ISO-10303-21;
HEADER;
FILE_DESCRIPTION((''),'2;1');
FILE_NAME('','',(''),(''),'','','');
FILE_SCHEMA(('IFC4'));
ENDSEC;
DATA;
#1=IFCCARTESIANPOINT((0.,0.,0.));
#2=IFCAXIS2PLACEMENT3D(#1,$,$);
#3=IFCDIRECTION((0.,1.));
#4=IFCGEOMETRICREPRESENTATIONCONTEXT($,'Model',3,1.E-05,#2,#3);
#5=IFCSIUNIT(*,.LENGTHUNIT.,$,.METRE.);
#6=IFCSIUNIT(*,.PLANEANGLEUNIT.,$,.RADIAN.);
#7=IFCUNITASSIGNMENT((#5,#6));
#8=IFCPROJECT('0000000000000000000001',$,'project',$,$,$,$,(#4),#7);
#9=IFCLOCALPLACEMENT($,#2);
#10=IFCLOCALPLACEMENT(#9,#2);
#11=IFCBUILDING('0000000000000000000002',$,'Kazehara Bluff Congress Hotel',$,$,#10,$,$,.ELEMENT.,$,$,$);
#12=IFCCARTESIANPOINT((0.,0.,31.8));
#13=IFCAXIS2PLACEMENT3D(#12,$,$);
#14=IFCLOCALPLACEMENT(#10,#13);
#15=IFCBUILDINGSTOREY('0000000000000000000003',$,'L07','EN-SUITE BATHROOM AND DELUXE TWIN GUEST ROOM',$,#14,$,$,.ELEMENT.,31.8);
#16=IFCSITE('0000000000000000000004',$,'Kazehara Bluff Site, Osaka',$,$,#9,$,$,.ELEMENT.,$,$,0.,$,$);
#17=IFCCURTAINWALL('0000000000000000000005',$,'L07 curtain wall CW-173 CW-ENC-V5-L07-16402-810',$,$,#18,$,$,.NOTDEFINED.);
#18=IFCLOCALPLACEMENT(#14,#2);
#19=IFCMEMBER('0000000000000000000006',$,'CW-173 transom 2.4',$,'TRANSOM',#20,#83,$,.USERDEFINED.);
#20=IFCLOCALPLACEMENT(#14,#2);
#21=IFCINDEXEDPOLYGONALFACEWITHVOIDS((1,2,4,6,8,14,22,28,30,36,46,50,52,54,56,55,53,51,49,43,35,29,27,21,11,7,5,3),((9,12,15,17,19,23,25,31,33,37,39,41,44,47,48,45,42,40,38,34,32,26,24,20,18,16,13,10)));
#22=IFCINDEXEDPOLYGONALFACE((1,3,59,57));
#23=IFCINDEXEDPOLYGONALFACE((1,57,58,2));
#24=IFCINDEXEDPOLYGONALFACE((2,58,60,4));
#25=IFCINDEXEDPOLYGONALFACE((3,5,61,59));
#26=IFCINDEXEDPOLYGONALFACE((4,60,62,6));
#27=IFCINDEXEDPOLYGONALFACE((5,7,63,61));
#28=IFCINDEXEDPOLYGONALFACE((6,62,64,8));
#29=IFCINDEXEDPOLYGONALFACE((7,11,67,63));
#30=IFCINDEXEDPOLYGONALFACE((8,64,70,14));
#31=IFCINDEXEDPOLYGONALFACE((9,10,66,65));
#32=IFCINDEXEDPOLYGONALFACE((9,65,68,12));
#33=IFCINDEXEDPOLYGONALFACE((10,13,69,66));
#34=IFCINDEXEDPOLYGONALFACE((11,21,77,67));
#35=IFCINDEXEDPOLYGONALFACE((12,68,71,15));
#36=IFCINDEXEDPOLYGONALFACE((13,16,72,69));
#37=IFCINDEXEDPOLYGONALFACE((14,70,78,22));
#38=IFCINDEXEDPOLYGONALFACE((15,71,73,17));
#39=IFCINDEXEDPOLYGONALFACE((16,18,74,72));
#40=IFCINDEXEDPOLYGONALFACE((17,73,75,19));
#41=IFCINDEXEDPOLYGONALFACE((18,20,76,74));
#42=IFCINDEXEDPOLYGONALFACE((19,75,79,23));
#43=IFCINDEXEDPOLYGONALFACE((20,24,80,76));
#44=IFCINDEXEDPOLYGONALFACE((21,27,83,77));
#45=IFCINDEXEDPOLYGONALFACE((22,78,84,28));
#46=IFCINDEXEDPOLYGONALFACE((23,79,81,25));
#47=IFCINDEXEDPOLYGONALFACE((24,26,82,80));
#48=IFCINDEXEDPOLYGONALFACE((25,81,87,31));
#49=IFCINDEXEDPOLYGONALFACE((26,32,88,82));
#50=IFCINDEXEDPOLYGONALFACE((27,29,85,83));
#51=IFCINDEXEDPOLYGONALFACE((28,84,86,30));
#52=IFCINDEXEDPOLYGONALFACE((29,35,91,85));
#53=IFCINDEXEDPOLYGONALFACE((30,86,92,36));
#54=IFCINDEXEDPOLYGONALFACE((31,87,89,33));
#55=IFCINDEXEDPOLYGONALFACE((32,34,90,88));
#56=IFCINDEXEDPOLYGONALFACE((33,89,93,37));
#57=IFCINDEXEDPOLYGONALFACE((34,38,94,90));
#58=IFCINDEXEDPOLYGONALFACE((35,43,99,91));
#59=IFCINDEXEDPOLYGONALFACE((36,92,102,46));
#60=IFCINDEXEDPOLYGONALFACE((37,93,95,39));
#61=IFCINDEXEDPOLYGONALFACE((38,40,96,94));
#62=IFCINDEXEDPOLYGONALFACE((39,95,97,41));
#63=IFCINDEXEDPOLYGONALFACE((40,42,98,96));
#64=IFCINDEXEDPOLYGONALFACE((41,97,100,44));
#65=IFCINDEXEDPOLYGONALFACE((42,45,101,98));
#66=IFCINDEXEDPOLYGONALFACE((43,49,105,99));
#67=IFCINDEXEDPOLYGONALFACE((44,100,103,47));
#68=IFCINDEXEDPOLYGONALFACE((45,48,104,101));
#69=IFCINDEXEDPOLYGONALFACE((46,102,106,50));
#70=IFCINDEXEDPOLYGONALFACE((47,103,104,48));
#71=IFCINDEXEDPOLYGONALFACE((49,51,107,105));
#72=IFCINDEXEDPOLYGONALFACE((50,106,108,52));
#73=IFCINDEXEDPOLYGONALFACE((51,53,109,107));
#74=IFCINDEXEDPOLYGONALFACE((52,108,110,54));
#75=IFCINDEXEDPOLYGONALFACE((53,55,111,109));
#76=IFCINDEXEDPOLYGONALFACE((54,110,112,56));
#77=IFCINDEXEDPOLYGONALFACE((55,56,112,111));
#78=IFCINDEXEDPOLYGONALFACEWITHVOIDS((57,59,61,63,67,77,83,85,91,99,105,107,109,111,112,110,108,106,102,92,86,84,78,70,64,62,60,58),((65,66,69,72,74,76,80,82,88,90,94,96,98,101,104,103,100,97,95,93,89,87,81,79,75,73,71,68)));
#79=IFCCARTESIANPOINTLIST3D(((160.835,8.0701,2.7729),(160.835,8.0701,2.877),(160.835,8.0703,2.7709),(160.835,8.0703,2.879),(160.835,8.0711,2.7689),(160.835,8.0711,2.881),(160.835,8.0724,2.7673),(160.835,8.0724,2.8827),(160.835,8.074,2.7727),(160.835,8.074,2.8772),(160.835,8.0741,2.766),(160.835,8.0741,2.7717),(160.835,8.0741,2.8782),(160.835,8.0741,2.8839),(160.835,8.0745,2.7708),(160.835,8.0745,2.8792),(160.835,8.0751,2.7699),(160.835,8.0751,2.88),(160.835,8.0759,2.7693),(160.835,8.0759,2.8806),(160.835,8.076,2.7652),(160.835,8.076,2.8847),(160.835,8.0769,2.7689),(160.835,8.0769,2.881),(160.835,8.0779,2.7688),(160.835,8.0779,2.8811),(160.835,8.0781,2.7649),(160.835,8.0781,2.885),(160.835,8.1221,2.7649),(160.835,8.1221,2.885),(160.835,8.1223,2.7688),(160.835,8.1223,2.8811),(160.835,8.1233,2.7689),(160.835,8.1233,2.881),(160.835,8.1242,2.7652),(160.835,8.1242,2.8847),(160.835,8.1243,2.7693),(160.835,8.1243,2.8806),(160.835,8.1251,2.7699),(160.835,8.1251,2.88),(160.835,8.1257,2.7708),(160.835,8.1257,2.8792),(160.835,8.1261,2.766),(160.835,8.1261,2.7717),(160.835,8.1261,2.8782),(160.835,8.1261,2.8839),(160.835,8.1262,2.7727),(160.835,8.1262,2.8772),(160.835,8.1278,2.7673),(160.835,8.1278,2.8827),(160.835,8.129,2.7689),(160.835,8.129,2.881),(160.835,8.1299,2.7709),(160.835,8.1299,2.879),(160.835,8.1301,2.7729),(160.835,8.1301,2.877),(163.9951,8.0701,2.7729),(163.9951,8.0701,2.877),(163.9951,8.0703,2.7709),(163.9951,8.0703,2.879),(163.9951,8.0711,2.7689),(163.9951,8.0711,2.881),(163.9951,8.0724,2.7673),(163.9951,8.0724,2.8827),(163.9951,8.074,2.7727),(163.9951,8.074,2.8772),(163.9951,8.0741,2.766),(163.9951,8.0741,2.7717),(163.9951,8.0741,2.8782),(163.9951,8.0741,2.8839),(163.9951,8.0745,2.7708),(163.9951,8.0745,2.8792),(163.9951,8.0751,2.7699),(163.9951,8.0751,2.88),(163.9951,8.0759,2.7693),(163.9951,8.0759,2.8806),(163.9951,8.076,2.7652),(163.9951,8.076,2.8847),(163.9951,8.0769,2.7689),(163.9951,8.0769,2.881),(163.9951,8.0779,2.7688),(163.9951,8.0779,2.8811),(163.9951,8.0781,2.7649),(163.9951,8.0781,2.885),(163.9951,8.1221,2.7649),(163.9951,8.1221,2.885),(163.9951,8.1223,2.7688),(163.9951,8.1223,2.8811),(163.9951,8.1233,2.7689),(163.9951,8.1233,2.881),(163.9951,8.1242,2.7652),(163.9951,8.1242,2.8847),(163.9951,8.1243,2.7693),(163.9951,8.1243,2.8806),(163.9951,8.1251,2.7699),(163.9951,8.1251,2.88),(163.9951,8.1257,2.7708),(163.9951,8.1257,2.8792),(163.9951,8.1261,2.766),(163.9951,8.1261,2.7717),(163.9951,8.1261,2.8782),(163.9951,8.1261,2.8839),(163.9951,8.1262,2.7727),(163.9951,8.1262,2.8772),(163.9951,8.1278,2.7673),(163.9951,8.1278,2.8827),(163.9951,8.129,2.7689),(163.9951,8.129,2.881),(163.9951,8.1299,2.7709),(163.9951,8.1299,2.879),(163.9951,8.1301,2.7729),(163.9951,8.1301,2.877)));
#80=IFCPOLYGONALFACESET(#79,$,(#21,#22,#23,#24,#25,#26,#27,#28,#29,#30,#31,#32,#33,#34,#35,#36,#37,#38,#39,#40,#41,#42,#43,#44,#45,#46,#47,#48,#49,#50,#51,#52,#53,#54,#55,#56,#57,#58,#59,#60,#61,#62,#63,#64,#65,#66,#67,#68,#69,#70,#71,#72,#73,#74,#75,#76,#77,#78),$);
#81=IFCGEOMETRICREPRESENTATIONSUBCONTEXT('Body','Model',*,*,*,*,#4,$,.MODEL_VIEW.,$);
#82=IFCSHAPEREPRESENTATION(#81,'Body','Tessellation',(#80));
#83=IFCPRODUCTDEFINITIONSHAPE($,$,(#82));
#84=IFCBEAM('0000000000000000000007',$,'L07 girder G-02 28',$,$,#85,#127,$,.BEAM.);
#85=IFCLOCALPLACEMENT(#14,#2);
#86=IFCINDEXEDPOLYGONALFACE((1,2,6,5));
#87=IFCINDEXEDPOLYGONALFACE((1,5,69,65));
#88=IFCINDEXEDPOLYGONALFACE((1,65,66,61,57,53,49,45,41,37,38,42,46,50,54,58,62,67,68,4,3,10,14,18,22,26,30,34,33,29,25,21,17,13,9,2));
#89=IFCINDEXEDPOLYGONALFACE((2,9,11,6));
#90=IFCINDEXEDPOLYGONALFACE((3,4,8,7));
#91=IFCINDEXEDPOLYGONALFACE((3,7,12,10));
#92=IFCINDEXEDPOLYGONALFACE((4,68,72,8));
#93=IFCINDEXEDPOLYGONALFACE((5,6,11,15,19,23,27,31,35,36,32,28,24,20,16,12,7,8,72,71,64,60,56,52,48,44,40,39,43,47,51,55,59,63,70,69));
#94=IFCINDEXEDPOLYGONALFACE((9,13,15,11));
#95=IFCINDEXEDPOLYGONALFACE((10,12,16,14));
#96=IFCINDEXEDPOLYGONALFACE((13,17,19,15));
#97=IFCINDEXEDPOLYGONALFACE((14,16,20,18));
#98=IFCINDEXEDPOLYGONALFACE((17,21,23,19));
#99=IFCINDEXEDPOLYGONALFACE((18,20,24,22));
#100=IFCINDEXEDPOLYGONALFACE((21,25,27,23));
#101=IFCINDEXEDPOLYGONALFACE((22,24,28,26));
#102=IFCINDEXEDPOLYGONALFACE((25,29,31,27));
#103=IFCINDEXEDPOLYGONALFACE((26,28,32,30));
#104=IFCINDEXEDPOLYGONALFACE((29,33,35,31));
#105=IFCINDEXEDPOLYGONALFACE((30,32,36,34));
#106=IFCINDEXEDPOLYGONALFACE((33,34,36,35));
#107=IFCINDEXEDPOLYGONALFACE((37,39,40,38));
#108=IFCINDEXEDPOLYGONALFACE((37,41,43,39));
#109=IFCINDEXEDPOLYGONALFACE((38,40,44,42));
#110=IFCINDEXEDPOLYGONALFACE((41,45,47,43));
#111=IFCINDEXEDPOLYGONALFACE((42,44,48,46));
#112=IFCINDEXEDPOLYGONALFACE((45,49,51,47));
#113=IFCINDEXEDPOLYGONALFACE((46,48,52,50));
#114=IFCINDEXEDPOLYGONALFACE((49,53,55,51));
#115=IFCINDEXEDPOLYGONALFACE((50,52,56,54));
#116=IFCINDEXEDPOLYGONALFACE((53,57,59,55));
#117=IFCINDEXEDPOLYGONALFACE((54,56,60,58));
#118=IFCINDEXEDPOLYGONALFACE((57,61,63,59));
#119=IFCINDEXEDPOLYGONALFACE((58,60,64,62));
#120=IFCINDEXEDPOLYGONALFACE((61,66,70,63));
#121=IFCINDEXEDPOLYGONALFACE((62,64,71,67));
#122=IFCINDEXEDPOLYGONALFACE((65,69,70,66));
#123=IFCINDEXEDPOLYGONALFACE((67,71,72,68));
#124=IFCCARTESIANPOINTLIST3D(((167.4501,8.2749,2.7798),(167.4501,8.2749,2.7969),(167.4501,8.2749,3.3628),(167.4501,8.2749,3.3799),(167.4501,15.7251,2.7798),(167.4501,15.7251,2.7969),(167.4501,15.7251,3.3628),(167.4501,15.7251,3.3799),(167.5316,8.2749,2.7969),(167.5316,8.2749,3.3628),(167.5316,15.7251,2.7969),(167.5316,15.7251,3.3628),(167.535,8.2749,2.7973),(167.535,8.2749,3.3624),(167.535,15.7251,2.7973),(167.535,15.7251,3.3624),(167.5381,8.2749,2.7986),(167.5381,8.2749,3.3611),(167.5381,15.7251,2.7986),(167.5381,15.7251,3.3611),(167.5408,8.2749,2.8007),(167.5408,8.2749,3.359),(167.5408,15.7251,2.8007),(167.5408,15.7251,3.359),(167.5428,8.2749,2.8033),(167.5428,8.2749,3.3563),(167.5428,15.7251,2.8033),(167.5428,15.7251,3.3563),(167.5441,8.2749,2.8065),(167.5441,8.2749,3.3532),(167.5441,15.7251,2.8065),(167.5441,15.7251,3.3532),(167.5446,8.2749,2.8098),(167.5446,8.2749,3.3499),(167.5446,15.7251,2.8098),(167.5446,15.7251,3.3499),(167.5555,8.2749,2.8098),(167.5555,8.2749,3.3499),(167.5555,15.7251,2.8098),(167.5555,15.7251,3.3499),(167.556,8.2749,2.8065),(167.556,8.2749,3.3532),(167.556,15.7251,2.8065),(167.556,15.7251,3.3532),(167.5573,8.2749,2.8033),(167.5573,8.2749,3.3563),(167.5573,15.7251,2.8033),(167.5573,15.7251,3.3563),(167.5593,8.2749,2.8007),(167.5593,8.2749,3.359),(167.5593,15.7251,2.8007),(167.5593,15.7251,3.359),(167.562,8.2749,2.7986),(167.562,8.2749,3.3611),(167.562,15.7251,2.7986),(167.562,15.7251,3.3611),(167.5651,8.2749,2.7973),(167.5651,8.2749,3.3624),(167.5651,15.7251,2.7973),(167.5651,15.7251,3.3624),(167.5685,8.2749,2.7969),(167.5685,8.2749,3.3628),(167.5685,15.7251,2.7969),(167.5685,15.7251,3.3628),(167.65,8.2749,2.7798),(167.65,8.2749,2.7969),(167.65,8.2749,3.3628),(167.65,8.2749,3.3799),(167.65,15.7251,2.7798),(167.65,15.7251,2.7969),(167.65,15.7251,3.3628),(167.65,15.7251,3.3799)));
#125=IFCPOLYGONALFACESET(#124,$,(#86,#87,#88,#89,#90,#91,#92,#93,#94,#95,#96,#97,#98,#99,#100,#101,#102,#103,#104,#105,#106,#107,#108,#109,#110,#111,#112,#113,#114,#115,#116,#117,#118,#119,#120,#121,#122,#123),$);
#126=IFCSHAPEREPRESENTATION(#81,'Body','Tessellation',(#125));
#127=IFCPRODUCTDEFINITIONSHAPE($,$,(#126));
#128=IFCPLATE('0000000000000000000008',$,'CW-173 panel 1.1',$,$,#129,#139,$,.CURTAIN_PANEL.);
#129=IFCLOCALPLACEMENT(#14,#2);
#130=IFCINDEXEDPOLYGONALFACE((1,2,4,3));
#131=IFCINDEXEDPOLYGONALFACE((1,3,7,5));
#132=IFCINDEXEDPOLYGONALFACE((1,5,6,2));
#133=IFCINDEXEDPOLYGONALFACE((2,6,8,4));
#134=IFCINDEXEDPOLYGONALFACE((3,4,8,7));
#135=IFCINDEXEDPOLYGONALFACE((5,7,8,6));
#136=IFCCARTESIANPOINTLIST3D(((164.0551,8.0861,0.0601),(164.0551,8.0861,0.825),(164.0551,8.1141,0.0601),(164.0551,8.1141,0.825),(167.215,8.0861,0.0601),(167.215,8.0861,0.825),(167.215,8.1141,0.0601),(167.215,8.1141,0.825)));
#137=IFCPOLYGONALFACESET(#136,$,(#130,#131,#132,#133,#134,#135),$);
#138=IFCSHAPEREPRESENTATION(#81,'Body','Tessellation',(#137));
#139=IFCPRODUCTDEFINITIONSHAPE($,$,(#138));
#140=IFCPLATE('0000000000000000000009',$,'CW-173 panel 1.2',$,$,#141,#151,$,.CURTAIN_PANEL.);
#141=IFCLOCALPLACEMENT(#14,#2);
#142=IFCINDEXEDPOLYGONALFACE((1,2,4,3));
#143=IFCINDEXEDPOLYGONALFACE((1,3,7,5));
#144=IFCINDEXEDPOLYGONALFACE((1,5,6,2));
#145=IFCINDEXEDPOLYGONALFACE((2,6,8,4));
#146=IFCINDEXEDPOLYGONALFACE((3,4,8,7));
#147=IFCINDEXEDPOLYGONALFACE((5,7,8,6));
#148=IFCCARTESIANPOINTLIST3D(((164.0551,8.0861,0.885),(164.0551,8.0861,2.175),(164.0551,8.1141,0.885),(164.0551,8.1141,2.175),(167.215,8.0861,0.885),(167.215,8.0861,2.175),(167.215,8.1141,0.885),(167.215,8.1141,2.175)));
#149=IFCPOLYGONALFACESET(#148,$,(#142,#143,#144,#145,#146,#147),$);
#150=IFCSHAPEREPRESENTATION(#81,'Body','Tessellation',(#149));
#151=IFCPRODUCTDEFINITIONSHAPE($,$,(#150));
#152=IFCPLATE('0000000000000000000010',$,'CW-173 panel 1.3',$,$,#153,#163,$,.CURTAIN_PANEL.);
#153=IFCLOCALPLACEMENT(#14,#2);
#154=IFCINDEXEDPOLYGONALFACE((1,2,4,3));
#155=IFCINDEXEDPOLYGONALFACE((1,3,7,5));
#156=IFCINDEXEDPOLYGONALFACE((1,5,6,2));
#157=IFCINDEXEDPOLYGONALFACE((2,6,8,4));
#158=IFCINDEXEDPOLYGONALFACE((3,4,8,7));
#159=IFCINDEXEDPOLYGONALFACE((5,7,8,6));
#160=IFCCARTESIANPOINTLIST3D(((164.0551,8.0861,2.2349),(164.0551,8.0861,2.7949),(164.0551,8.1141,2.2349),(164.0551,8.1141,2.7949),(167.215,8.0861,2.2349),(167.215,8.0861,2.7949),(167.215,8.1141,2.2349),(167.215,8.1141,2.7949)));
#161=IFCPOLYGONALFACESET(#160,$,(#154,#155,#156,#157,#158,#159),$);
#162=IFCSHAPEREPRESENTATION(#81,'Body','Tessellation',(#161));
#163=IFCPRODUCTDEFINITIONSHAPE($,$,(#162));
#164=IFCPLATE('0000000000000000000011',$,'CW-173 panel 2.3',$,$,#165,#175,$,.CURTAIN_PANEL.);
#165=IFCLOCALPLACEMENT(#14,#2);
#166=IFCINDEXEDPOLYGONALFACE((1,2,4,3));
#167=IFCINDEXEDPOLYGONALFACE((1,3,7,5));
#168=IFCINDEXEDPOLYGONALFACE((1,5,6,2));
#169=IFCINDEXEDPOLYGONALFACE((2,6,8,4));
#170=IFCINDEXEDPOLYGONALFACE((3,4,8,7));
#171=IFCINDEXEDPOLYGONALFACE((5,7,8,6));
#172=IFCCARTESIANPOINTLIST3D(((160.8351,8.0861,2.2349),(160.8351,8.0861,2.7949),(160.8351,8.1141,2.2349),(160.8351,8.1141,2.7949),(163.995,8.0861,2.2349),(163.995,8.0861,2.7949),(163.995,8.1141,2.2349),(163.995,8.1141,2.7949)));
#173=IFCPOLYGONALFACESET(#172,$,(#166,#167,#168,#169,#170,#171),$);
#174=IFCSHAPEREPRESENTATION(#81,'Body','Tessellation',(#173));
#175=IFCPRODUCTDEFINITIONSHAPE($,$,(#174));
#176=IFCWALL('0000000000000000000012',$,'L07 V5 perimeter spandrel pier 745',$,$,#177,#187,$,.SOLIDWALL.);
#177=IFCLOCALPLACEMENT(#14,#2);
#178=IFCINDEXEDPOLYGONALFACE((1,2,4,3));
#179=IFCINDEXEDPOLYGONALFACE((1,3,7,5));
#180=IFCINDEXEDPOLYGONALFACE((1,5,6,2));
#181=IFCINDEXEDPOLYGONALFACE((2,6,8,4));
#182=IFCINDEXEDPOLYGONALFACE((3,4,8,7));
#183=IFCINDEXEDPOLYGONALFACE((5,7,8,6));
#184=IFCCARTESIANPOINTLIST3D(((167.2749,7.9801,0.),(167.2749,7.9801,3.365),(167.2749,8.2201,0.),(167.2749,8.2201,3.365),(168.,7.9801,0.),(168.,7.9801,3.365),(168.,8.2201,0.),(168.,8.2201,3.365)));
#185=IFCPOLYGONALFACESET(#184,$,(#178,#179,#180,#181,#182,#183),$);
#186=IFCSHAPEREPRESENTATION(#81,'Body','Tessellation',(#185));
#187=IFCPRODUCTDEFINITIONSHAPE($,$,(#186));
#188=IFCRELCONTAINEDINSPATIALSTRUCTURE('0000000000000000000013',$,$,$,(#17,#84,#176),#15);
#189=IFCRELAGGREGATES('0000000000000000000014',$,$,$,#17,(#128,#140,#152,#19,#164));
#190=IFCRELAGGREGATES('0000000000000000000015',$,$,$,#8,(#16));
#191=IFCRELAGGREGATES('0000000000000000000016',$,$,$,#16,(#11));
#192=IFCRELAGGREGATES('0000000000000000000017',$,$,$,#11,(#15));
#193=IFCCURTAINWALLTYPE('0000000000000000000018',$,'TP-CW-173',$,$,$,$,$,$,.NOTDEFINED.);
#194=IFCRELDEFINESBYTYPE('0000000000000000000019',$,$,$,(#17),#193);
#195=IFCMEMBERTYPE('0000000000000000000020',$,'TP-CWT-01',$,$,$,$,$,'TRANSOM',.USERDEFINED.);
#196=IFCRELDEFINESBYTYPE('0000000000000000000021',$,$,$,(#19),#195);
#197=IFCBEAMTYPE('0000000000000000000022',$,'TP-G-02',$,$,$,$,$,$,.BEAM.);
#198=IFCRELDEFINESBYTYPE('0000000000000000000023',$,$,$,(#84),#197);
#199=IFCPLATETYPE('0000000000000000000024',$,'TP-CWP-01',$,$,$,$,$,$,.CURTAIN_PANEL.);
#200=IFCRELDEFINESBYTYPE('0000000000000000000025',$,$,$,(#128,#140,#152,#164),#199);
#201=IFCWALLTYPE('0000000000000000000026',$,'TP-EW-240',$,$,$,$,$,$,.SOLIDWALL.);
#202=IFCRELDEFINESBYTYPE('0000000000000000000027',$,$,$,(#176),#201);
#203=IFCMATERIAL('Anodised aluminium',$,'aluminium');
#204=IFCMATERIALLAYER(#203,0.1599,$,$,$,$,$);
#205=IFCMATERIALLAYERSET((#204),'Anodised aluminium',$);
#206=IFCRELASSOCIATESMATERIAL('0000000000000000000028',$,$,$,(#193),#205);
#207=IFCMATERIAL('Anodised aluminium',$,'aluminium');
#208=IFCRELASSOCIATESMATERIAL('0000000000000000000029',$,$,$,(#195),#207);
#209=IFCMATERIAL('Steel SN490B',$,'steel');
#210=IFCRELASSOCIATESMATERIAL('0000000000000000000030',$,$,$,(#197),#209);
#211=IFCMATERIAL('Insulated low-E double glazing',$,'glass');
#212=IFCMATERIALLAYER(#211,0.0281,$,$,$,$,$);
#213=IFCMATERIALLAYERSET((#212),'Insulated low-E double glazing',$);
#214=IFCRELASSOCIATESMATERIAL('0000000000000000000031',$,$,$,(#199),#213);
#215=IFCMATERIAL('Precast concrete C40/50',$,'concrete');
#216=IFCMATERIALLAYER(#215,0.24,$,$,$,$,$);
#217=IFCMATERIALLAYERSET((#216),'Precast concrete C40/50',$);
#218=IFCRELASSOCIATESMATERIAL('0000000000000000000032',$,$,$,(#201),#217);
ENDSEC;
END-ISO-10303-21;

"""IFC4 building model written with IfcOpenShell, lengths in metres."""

from ifc_helpers import new_model, si_unit, direction, frame, frame_2d, origin, origin_2d, place, context, subcontext, project, spatial, rectangle, hollow_rectangle, i_section, extrude, material, layer, layer_set, material_profile, profile_set, type_object, element, aggregate, save


model = new_model("IFC4")

# Units and contexts
model_context = context("Model", 3, precision=1e-05, world=origin(), true_north=direction((0.0, 1.0)))
body_context = subcontext(model_context, "Body", "Model", "MODEL_VIEW")
ifc_project = project(units=[si_unit("LENGTHUNIT", "METRE"), si_unit("PLANEANGLEUNIT", "RADIAN")], contexts=[model_context])

# Site, building, storey
site_placement = place(None, origin())
site = spatial("IfcSite", under=ifc_project, at=site_placement, Name="Kazehara Bluff Site, Osaka", CompositionType="ELEMENT", RefElevation=0.0)
building_placement = place(site_placement, origin())
building = spatial("IfcBuilding", under=site, at=building_placement, Name="Kazehara Bluff Congress Hotel", CompositionType="ELEMENT")
storey_placement = place(building_placement, frame((0.0, 0.0, 31.8)))
storey = spatial("IfcBuildingStorey", under=building, at=storey_placement, Name="L07", Description="EN-SUITE BATHROOM AND DELUXE TWIN GUEST ROOM", CompositionType="ELEMENT", Elevation=31.8)

# Curtain wall, member
ifc_material_1 = material(Name="Anodised aluminium", Category="aluminium")
ifc_layer_1 = layer(ifc_material_1, 0.1599)
ifc_layer_set_1 = layer_set([ifc_layer_1], Name="Anodised aluminium")
curtain_wall_type = type_object("IfcCurtainWallType", Name="TP-CW-173", PredefinedType="NOTDEFINED", material=ifc_layer_set_1)
curtain_wall_placement = place(storey_placement, origin())
curtain_wall = element("IfcCurtainWall", 1, at=curtain_wall_placement, inside=storey, type_object=curtain_wall_type, Name="L07 curtain wall CW-173 CW-ENC-V5-L07-16402-810", PredefinedType="NOTDEFINED")
ifc_material_2 = material(Name="Anodised aluminium", Category="aluminium")
ifc_material_profile_1 = material_profile(ifc_material_2, hollow_rectangle(XDim=0.0601, YDim=0.1201, WallThickness=0.0039, InnerFilletRadius=0.0039, OuterFilletRadius=0.0081, at=origin_2d()))
ifc_profile_set_1 = profile_set([ifc_material_profile_1], Name="Anodised aluminium")
member_type_1 = type_object("IfcMemberType", Name="TP-CWT-01", ElementType="TRANSOM", PredefinedType="USERDEFINED", material=ifc_profile_set_1)
member_1_placement = place(storey_placement, frame((163.9951, 8.1001, 2.825), z_axis=(-1.0, 0.0, 0.0), x_axis=(0.0, -1.0, 0.0)))
member_1 = element("IfcMember", 2, at=member_1_placement, type_object=member_type_1, Name="CW-173 transom 2.4", ObjectType="TRANSOM", PredefinedType="USERDEFINED", context=body_context, shape_type="SweptSolid", body=[
    extrude(hollow_rectangle(XDim=0.0601, YDim=0.1201, WallThickness=0.0039, InnerFilletRadius=0.0039, OuterFilletRadius=0.0081, at=origin_2d()), origin(), (0.0, 0.0, 1.0), 3.1602),
])

# Beam
ifc_material_3 = material(Name="Steel SN490B", Category="steel")
ifc_material_profile_2 = material_profile(ifc_material_3, i_section(OverallWidth=0.2, OverallDepth=0.6001, WebThickness=0.011, FlangeThickness=0.0171, FilletRadius=0.0129, at=origin_2d()))
ifc_profile_set_2 = profile_set([ifc_material_profile_2], Name="Steel SN490B")
beam_type = type_object("IfcBeamType", Name="TP-G-02", PredefinedType="BEAM", material=ifc_profile_set_2)
beam_placement = place(storey_placement, frame((167.55, 8.2749, 3.0798), z_axis=(0.0, 1.0, 0.0), x_axis=(-1.0, 0.0, 0.0)))
element("IfcBeam", 3, at=beam_placement, inside=storey, type_object=beam_type, Name="L07 girder G-02 28", PredefinedType="BEAM", context=body_context, shape_type="SweptSolid", body=[
    extrude(i_section(OverallWidth=0.2, OverallDepth=0.6001, WebThickness=0.011, FlangeThickness=0.0171, FilletRadius=0.0129, at=origin_2d()), origin(), (0.0, 0.0, 1.0), 7.4502),
])

# Plates
ifc_material_4 = material(Name="Insulated low-E double glazing", Category="glass")
ifc_layer_2 = layer(ifc_material_4, 0.0281)
ifc_layer_set_2 = layer_set([ifc_layer_2], Name="Insulated low-E double glazing")
plate_type = type_object("IfcPlateType", Name="TP-CWP-01", PredefinedType="CURTAIN_PANEL", material=ifc_layer_set_2)
plate_1_placement = place(storey_placement, frame((165.635, 8.1001, 0.0601), z_axis=(0.0, 0.0, 1.0), x_axis=(-1.0, 0.0, 0.0)))
plate_1 = element("IfcPlate", 4, at=plate_1_placement, type_object=plate_type, Name="CW-173 panel 1.1", PredefinedType="CURTAIN_PANEL", context=body_context, shape_type="SweptSolid", body=[
    extrude(rectangle(XDim=3.1599, YDim=0.0281, at=origin_2d()), origin(), (0.0, 0.0, 1.0), 0.7649),
])
plate_2_placement = place(storey_placement, frame((165.635, 8.1001, 0.885), z_axis=(0.0, 0.0, 1.0), x_axis=(-1.0, 0.0, 0.0)))
plate_2 = element("IfcPlate", 5, at=plate_2_placement, type_object=plate_type, Name="CW-173 panel 1.2", PredefinedType="CURTAIN_PANEL", context=body_context, shape_type="SweptSolid", body=[
    extrude(rectangle(XDim=3.1599, YDim=0.0281, at=origin_2d()), origin(), (0.0, 0.0, 1.0), 1.29),
])
plate_3_placement = place(storey_placement, frame((165.635, 8.1001, 2.2349), z_axis=(0.0, 0.0, 1.0), x_axis=(-1.0, 0.0, 0.0)))
plate_3 = element("IfcPlate", 6, at=plate_3_placement, type_object=plate_type, Name="CW-173 panel 1.3", PredefinedType="CURTAIN_PANEL", context=body_context, shape_type="SweptSolid", body=[
    extrude(rectangle(XDim=3.1599, YDim=0.0281, at=origin_2d()), origin(), (0.0, 0.0, 1.0), 0.5601),
])
plate_4_placement = place(storey_placement, frame((162.415, 8.1001, 2.2349), z_axis=(0.0, 0.0, 1.0), x_axis=(-1.0, 0.0, 0.0)))
plate_4 = element("IfcPlate", 7, at=plate_4_placement, type_object=plate_type, Name="CW-173 panel 2.3", PredefinedType="CURTAIN_PANEL", context=body_context, shape_type="SweptSolid", body=[
    extrude(rectangle(XDim=3.1599, YDim=0.0281, at=origin_2d()), origin(), (0.0, 0.0, 1.0), 0.5601),
])
aggregate(curtain_wall, [plate_1, plate_2, plate_3, member_1, plate_4])

# Wall
ifc_material_5 = material(Name="Precast concrete C40/50", Category="concrete")
ifc_layer_3 = layer(ifc_material_5, 0.24)
ifc_layer_set_3 = layer_set([ifc_layer_3], Name="Precast concrete C40/50")
wall_type = type_object("IfcWallType", Name="TP-EW-240", PredefinedType="SOLIDWALL", material=ifc_layer_set_3)
wall_placement = place(storey_placement, frame((168.0, 8.1001, 0.0), z_axis=(0.0, 0.0, 1.0), x_axis=(-1.0, 0.0, 0.0)))
element("IfcWall", 8, at=wall_placement, inside=storey, type_object=wall_type, Name="L07 V5 perimeter spandrel pier 745", PredefinedType="SOLIDWALL", context=body_context, shape_type="SweptSolid", body=[
    extrude(rectangle(XDim=0.7251, YDim=0.24, at=frame_2d((0.3625, 0.0))), origin(), (0.0, 0.0, 1.0), 3.365),
])

save(model, "model.ifc")
